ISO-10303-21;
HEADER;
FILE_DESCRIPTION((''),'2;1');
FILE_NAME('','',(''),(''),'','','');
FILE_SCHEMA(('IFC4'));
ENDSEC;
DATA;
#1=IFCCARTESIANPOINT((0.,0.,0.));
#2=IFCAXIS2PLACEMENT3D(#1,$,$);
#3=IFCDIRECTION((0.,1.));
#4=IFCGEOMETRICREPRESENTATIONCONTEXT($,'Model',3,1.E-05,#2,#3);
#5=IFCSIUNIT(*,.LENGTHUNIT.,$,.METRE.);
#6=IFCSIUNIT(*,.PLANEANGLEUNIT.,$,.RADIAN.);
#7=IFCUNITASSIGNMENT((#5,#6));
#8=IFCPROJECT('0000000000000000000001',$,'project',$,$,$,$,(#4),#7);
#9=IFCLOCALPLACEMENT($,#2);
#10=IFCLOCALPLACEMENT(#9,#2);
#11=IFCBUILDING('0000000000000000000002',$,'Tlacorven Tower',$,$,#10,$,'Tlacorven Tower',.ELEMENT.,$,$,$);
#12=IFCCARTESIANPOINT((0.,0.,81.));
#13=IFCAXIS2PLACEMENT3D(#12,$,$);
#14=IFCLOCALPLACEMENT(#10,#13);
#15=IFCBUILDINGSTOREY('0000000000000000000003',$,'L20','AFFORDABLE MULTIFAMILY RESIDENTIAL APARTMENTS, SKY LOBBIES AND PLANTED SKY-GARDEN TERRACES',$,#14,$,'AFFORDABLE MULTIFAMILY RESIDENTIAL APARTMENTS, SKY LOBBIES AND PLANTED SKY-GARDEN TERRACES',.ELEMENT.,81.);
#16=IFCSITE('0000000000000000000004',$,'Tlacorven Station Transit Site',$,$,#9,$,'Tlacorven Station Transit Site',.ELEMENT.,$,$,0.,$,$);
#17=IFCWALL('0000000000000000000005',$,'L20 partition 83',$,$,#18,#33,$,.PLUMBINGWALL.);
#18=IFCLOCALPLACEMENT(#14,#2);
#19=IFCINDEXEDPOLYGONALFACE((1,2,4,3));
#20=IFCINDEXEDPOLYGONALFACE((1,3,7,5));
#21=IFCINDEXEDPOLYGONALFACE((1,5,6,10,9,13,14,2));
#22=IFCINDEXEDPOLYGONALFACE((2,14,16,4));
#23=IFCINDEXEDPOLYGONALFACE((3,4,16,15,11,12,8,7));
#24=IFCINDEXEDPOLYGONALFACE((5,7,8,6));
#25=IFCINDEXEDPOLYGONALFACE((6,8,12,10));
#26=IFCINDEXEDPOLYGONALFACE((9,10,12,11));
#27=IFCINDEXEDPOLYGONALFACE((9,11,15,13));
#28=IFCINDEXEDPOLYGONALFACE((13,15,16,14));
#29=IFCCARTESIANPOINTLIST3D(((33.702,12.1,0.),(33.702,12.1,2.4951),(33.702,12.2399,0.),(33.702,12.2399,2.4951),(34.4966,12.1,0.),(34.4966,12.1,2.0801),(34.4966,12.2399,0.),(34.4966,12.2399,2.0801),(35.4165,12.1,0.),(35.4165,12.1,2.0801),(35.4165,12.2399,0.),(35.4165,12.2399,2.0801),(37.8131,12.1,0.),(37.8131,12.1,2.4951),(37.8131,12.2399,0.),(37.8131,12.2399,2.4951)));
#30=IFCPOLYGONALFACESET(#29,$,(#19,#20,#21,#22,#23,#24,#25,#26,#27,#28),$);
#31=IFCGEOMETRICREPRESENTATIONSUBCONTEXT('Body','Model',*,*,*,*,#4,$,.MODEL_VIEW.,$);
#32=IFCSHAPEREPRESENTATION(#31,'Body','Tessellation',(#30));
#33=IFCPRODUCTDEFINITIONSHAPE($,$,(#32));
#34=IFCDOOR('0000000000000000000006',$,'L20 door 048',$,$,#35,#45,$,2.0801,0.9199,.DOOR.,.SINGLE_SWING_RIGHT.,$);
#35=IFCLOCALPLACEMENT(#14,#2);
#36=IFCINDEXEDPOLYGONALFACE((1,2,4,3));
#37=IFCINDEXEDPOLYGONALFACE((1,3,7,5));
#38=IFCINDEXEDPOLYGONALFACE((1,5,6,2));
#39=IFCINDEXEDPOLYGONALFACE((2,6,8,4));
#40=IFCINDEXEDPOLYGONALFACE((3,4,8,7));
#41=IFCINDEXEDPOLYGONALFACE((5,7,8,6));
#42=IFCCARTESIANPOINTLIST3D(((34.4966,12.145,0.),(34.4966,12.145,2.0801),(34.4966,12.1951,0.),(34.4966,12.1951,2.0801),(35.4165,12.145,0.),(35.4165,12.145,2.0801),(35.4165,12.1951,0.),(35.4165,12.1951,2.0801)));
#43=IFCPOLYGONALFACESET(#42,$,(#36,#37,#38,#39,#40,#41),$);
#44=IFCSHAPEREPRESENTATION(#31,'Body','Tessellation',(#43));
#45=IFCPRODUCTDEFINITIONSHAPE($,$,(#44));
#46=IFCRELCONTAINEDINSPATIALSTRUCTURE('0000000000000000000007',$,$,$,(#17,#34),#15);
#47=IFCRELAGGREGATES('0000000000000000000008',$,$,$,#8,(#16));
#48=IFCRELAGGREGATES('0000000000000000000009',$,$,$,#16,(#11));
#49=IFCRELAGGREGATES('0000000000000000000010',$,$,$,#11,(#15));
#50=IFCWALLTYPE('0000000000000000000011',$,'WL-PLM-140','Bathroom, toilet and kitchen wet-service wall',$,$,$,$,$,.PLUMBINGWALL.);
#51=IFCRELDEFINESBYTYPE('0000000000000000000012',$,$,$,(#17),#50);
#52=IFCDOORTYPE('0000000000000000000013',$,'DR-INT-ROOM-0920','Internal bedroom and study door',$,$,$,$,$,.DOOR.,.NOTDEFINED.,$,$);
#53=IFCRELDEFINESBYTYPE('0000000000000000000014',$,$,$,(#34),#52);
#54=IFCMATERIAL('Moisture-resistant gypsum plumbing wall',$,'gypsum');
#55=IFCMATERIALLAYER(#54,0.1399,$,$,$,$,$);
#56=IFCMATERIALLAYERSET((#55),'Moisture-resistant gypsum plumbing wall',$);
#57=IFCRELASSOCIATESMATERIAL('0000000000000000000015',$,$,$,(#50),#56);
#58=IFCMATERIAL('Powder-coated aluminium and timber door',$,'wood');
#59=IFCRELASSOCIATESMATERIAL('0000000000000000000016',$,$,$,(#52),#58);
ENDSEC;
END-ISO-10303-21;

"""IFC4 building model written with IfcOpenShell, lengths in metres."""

from ifc_helpers import new_model, si_unit, direction, frame, frame_2d, origin, place, context, subcontext, project, spatial, rectangle, extrude, source, transform, mapped, material, layer, layer_set, type_object, element, fill, save


model = new_model("IFC4")

# Units and contexts
model_context = context("Model", 3, precision=1e-05, world=origin(), true_north=direction((0.0, 1.0)))
body_context = subcontext(model_context, "Body", "Model", "MODEL_VIEW")
ifc_project = project(units=[si_unit("LENGTHUNIT", "METRE"), si_unit("PLANEANGLEUNIT", "RADIAN")], contexts=[model_context])

# Site, building, storey
site_placement = place(None, origin())
site = spatial("IfcSite", under=ifc_project, at=site_placement, Name="Tlacorven Station Transit Site", LongName="Tlacorven Station Transit Site", CompositionType="ELEMENT", RefElevation=0.0)
building_placement = place(site_placement, origin())
building = spatial("IfcBuilding", under=site, at=building_placement, Name="Tlacorven Tower", LongName="Tlacorven Tower", CompositionType="ELEMENT")
storey_placement = place(building_placement, frame((0.0, 0.0, 81.0)))
storey = spatial("IfcBuildingStorey", under=building, at=storey_placement, Name="L20", Description="AFFORDABLE MULTIFAMILY RESIDENTIAL APARTMENTS, SKY LOBBIES AND PLANTED SKY-GARDEN TERRACES", LongName="AFFORDABLE MULTIFAMILY RESIDENTIAL APARTMENTS, SKY LOBBIES AND PLANTED SKY-GARDEN TERRACES", CompositionType="ELEMENT", Elevation=81.0)

# Wall, opening, door
ifc_material_1 = material(Name="Moisture-resistant gypsum plumbing wall", Category="gypsum")
ifc_layer_1 = layer(ifc_material_1, 0.1399)
ifc_layer_set_1 = layer_set([ifc_layer_1], Name="Moisture-resistant gypsum plumbing wall")
wall_type = type_object("IfcWallType", Name="WL-PLM-140", Description="Bathroom, toilet and kitchen wet-service wall", PredefinedType="PLUMBINGWALL", material=ifc_layer_set_1)
wall_placement = place(storey_placement, frame((33.7019, 12.1699, 0.0), z_axis=(0.0, 0.0, 1.0), x_axis=(1.0, 0.0, 0.0)))
wall = element("IfcWall", 1, at=wall_placement, inside=storey, type_object=wall_type, Name="L20 partition 83", PredefinedType="PLUMBINGWALL", context=body_context, shape_type="SweptSolid", body=[
    extrude(rectangle(XDim=4.1111, YDim=0.1399, at=frame_2d((2.0557, 0.0))), origin(), (0.0, 0.0, 1.0), 2.4951),
])
opening_placement = place(wall_placement, frame((0.7947, 0.0, 0.0)))
opening = element("IfcOpeningElement", 2, at=opening_placement, cuts=wall, PredefinedType="OPENING", context=body_context, shape_type="SweptSolid", body=[
    extrude(rectangle(XDim=0.9199, YDim=2.0801, at=frame_2d((0.46, 1.04))), frame((0.0, 0.0801, 0.0), z_axis=(0.0, -1.0, 0.0), x_axis=(1.0, 0.0, 0.0)), (0.0, 0.0, 1.0), 0.1599),
])
ifc_material_2 = material(Name="Powder-coated aluminium and timber door", Category="wood")
door_type = type_object("IfcDoorType", Name="DR-INT-ROOM-0920", Description="Internal bedroom and study door", OperationType="NOTDEFINED", PredefinedType="DOOR", material=ifc_material_2)
shared_shape_1 = source(origin(), body_context, "Body", "SweptSolid", [
    extrude(rectangle(XDim=0.9199, YDim=2.0801, at=frame_2d((0.46, 1.04))), frame((0.0, 0.0249, 0.0), z_axis=(0.0, -1.0, 0.0), x_axis=(1.0, 0.0, 0.0)), (0.0, 0.0, 1.0), 0.05),
])
door_placement = place(opening_placement, frame((0.9199, 0.0, 0.0), z_axis=(0.0, 0.0, 1.0), x_axis=(-1.0, 0.0, 0.0)))
door = element("IfcDoor", 3, at=door_placement, inside=storey, type_object=door_type, Name="L20 door 048", OperationType="SINGLE_SWING_RIGHT", OverallHeight=2.0801, OverallWidth=0.9199, PredefinedType="DOOR", context=body_context, shape_type="MappedRepresentation", body=[
    mapped(shared_shape_1, transform((0.0, 0.0, 0.0), scale=1.0)),
])
fill(opening, door)

save(model, "model.ifc")
